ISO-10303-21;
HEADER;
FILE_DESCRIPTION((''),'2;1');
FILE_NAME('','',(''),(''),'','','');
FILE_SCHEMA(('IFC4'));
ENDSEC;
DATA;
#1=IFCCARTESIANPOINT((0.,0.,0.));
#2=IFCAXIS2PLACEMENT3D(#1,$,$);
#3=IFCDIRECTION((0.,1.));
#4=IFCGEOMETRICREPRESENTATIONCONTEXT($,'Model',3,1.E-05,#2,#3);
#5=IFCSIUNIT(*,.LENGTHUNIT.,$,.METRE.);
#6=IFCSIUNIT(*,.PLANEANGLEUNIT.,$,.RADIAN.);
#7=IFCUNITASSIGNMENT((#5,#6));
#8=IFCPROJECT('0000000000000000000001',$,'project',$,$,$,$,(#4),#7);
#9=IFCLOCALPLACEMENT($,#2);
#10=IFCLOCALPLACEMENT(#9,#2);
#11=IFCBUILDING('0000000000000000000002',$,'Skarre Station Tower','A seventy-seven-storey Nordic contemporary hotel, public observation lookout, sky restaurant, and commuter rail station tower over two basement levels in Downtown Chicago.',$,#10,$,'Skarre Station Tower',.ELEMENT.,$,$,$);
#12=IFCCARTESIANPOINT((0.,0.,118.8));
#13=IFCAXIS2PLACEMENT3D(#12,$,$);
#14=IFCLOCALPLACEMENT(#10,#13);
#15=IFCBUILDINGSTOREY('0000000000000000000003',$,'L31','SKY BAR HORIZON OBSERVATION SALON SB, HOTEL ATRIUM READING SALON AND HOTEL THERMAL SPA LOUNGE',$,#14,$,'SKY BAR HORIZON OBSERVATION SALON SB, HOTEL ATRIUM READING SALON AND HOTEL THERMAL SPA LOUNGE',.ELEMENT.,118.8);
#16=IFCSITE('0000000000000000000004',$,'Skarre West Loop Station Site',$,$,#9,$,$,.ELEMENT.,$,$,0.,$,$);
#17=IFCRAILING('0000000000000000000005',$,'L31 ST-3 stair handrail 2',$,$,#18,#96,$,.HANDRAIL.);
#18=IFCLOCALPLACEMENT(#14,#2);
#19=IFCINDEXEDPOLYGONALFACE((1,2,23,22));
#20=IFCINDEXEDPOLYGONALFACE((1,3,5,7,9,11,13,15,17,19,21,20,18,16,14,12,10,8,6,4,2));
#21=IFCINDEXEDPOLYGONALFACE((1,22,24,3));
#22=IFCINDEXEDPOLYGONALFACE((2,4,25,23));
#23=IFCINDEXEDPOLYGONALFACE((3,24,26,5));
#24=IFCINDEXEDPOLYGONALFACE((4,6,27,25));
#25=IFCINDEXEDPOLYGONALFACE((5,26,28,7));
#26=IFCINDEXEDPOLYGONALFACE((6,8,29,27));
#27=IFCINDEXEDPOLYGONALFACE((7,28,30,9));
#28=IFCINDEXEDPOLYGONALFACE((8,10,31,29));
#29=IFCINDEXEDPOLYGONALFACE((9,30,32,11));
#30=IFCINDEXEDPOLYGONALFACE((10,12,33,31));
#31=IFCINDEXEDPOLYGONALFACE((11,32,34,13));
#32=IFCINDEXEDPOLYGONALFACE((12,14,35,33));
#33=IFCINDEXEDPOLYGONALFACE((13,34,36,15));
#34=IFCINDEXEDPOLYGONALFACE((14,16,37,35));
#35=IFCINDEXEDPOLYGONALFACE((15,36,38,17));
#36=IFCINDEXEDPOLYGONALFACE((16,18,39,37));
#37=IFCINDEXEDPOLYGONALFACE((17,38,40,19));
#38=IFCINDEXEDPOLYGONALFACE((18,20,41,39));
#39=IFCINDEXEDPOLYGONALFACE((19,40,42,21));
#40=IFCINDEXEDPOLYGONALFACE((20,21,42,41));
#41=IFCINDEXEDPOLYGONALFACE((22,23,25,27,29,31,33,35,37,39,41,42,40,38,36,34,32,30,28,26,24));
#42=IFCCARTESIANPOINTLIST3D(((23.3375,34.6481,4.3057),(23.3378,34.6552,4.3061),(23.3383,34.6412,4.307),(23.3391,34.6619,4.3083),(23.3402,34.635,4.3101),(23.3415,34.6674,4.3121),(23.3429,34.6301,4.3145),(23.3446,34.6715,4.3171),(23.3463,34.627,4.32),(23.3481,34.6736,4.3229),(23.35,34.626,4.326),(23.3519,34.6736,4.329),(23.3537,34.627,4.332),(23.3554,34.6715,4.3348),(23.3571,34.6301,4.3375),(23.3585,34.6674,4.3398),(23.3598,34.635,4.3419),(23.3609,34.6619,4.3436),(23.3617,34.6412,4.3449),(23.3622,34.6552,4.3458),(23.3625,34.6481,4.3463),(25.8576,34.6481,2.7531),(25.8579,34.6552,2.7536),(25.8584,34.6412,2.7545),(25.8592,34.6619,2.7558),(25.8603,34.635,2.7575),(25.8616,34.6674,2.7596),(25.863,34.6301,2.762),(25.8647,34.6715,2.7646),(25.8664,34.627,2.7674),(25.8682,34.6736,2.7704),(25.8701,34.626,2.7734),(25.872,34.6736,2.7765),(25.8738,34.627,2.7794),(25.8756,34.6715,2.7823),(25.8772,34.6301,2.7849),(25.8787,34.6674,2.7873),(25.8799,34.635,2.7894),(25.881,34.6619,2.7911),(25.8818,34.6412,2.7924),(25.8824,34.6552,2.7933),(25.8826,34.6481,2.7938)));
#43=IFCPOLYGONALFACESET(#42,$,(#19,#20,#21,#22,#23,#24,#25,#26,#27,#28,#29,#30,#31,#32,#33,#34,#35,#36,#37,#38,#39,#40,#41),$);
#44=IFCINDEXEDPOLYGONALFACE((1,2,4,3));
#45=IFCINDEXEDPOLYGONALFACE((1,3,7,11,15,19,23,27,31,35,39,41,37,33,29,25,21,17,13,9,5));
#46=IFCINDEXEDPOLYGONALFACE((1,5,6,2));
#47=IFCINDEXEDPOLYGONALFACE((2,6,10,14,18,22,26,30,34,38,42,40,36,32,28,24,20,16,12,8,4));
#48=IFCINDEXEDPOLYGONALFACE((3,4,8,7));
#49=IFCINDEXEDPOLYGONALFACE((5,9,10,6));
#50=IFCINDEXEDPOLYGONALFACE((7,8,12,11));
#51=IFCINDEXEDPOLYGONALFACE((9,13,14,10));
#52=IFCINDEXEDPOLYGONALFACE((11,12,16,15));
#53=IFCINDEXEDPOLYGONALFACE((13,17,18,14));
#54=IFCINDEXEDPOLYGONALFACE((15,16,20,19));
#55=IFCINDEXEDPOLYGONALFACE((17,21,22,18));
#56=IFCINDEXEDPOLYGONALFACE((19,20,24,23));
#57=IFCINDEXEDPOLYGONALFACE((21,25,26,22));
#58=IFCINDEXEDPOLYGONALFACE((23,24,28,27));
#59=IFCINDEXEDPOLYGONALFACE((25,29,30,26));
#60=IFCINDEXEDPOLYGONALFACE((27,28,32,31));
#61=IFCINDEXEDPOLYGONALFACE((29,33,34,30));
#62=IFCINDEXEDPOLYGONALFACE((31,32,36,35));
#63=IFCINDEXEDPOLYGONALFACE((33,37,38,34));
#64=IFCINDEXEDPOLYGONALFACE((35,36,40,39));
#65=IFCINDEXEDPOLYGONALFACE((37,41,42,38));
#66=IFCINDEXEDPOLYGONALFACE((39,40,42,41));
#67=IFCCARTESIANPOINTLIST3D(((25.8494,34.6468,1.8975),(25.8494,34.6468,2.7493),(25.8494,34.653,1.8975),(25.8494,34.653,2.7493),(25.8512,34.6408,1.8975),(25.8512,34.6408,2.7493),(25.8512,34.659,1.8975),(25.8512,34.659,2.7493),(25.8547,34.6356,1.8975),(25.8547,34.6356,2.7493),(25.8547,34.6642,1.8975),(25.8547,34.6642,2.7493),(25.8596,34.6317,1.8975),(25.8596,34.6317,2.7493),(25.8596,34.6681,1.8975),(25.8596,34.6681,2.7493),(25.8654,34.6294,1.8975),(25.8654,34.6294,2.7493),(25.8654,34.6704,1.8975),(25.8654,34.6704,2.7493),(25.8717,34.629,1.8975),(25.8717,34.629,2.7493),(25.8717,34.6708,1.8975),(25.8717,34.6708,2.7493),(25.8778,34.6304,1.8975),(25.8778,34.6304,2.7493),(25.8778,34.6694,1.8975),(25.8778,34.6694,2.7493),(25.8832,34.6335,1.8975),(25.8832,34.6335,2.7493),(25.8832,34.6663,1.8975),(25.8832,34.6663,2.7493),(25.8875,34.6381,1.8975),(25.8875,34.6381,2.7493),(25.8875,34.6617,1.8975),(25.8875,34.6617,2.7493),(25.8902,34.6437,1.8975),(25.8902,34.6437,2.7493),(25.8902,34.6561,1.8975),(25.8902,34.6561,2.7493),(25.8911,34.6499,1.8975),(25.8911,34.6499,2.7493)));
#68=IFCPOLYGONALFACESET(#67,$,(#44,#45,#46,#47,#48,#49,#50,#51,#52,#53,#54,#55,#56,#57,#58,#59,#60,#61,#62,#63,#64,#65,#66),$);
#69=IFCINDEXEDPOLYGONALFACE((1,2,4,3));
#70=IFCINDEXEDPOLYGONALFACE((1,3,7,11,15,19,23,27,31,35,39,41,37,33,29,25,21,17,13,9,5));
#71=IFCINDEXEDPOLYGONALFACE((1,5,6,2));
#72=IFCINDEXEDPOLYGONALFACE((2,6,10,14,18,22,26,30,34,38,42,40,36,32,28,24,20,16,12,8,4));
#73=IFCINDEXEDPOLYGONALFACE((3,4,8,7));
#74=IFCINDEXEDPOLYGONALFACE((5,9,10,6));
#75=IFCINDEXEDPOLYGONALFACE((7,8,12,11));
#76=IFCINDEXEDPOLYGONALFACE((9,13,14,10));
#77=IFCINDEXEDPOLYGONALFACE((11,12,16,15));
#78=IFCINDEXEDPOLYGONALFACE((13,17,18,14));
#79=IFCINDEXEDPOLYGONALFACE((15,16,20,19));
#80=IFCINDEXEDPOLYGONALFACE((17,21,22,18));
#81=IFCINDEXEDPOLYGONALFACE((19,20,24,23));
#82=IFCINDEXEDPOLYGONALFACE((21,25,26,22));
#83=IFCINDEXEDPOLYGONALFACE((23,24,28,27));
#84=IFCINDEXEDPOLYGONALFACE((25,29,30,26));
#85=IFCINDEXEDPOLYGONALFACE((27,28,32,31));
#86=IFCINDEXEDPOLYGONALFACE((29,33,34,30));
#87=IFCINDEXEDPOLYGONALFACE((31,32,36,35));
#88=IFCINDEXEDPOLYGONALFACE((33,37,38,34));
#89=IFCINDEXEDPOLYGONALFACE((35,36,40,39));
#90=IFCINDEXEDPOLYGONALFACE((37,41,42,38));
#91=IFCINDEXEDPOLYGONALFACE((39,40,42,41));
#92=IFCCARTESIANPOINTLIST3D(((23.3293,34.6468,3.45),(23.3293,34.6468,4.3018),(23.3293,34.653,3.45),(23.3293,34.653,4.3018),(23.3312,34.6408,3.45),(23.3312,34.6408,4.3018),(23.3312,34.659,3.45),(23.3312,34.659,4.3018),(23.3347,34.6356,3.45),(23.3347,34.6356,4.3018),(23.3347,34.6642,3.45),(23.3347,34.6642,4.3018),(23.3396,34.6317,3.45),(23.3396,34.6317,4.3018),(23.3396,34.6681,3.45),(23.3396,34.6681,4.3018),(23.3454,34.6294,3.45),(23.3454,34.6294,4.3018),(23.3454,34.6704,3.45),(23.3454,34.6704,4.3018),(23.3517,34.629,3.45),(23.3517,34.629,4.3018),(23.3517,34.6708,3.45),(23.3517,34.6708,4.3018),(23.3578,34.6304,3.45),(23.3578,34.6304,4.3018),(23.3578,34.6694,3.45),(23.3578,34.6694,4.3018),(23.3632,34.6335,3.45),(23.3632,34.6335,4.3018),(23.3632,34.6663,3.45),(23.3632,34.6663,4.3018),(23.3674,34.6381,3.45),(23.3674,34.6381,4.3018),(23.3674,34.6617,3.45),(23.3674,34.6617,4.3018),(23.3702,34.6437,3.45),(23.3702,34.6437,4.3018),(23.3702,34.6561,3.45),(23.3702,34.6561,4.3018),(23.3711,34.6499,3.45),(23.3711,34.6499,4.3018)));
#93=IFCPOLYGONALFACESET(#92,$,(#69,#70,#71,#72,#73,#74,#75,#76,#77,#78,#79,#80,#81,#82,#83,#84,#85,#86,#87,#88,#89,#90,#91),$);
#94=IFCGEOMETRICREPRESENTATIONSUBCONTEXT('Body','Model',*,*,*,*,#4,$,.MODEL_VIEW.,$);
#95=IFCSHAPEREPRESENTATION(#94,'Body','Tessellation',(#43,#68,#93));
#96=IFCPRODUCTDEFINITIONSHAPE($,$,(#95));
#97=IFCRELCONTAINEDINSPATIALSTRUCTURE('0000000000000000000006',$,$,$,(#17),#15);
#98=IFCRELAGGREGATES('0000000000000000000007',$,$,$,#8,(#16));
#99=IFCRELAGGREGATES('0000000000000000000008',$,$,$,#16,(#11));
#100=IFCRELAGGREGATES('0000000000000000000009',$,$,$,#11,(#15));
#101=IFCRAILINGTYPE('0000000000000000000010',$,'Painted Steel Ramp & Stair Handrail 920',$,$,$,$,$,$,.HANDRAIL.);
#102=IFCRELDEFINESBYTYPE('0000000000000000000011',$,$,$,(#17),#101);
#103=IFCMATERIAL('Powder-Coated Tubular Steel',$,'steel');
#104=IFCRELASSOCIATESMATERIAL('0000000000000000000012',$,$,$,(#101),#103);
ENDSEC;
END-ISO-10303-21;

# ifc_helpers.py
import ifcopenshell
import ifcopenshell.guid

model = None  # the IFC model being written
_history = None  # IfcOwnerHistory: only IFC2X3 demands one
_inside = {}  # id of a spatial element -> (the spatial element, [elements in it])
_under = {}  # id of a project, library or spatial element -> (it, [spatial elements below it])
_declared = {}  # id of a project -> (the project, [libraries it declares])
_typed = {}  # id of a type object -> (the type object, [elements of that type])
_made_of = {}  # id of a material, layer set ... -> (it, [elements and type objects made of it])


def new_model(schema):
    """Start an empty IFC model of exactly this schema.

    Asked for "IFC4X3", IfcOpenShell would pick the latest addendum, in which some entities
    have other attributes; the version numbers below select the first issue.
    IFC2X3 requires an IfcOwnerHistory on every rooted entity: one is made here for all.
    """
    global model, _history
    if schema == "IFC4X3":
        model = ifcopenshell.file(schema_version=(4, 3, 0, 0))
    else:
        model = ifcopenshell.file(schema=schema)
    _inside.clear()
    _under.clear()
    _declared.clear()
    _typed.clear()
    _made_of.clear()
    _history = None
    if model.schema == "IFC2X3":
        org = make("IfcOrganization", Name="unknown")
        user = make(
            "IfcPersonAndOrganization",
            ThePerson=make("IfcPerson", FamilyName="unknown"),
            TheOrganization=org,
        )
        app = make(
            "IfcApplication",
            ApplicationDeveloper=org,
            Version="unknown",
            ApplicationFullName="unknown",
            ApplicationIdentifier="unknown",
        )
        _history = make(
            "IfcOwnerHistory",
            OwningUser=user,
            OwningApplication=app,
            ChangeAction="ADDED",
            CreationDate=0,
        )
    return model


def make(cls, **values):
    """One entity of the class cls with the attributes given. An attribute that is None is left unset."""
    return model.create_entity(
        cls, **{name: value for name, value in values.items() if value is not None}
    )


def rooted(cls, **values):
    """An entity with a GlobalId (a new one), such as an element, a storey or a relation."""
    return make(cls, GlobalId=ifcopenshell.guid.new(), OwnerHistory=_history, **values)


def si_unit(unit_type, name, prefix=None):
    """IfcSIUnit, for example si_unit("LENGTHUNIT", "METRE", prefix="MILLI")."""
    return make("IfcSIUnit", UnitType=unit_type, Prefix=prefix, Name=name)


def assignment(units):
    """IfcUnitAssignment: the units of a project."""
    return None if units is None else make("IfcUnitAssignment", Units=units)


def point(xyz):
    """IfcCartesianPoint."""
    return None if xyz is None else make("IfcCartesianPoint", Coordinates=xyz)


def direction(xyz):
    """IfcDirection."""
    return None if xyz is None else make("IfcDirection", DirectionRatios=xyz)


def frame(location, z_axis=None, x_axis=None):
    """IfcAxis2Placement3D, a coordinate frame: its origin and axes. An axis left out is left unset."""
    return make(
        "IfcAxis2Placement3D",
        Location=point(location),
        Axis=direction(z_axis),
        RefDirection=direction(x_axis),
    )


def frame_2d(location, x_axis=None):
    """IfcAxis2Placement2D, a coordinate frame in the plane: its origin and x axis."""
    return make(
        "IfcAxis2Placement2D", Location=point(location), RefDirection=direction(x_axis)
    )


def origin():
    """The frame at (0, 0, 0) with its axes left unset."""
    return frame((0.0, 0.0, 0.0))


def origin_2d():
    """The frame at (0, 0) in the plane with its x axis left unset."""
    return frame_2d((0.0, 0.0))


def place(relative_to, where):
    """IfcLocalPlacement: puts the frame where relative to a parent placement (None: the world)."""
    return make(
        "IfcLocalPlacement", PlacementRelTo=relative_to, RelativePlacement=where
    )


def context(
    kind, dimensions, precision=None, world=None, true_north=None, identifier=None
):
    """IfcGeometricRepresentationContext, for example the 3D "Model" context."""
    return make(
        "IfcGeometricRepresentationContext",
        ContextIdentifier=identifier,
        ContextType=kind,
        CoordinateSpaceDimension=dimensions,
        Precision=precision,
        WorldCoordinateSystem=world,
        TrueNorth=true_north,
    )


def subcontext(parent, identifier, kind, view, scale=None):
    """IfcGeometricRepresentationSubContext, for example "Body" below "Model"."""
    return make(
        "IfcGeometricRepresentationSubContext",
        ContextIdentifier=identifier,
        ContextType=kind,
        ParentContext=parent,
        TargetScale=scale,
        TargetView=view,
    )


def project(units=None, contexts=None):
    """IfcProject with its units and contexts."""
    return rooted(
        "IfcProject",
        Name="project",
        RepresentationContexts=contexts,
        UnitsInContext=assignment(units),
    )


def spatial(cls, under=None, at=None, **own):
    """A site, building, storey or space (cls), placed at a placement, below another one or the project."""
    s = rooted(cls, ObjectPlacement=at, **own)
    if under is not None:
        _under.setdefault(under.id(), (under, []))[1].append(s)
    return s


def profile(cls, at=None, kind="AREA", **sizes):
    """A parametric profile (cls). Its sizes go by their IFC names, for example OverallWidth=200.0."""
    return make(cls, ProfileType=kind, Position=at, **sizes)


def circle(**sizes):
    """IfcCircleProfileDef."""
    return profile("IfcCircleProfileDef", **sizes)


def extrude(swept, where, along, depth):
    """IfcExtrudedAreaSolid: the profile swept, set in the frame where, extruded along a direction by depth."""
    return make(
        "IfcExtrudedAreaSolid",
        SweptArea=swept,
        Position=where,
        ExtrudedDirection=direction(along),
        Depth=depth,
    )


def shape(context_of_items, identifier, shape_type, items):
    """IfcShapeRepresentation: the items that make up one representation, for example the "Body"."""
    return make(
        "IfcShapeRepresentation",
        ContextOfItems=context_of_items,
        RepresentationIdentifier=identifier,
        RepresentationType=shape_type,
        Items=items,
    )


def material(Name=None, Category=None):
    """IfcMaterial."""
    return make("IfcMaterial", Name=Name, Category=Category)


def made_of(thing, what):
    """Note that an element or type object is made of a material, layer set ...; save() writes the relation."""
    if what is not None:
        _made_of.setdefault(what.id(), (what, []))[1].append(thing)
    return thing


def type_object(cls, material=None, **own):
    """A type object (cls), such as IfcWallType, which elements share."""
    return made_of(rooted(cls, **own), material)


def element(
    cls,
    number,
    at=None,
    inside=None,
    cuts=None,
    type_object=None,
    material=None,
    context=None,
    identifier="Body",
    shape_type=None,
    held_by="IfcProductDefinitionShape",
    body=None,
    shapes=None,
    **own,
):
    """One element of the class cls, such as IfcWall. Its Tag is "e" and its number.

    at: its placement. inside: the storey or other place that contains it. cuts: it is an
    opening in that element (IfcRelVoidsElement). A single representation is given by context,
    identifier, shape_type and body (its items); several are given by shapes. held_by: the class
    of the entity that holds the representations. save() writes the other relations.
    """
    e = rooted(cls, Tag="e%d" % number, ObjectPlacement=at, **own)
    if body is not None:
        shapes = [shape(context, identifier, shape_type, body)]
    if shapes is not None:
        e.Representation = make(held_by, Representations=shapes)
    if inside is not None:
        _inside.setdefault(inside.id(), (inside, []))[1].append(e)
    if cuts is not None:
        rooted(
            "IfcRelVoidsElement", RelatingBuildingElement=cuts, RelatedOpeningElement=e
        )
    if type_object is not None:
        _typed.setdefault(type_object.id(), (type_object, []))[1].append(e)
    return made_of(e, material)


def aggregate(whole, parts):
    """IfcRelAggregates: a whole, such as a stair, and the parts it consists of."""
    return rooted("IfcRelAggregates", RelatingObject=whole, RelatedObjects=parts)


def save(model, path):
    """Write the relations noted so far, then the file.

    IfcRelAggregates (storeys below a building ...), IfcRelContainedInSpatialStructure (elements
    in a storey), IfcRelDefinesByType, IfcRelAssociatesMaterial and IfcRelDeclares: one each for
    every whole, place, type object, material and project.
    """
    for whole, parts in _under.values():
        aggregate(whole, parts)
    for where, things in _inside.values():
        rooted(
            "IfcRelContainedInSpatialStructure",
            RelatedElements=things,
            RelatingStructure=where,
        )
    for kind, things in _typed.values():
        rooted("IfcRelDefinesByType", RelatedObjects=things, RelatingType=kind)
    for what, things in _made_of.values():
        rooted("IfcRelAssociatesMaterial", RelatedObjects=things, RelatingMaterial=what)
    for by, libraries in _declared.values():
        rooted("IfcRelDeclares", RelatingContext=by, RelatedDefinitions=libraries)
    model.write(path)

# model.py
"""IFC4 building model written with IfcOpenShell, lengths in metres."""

from ifc_helpers import new_model, si_unit, direction, frame, origin, origin_2d, place, context, subcontext, project, spatial, circle, extrude, material, type_object, element, save


model = new_model("IFC4")

# Units and contexts
model_context = context("Model", 3, precision=1e-05, world=origin(), true_north=direction((0.0, 1.0)))
body_context = subcontext(model_context, "Body", "Model", "MODEL_VIEW")
ifc_project = project(units=[si_unit("LENGTHUNIT", "METRE"), si_unit("PLANEANGLEUNIT", "RADIAN")], contexts=[model_context])

# Site, building, storey
site_placement = place(None, origin())
site = spatial("IfcSite", under=ifc_project, at=site_placement, Name="Skarre West Loop Station Site", CompositionType="ELEMENT", RefElevation=0.0)
building_placement = place(site_placement, origin())
building = spatial("IfcBuilding", under=site, at=building_placement, Name="Skarre Station Tower", Description="A seventy-seven-storey Nordic contemporary hotel, public observation lookout, sky restaurant, and commuter rail station tower over two basement levels in Downtown Chicago.", LongName="Skarre Station Tower", CompositionType="ELEMENT")
storey_placement = place(building_placement, frame((0.0, 0.0, 118.8)))
storey = spatial("IfcBuildingStorey", under=building, at=storey_placement, Name="L31", Description="SKY BAR HORIZON OBSERVATION SALON SB, HOTEL ATRIUM READING SALON AND HOTEL THERMAL SPA LOUNGE", LongName="SKY BAR HORIZON OBSERVATION SALON SB, HOTEL ATRIUM READING SALON AND HOTEL THERMAL SPA LOUNGE", CompositionType="ELEMENT", Elevation=118.8)

# Railing
ifc_material_1 = material(Name="Powder-Coated Tubular Steel", Category="steel")
railing_type_1 = type_object("IfcRailingType", Name="Painted Steel Ramp & Stair Handrail 920", PredefinedType="HANDRAIL", material=ifc_material_1)
railing_1_placement = place(storey_placement, frame((25.8701, 34.6499, 1.8975)))
element("IfcRailing", 1, at=railing_1_placement, inside=storey, type_object=railing_type_1, Name="L31 ST-3 stair handrail 2", PredefinedType="HANDRAIL", context=body_context, shape_type="SweptSolid", body=[
    extrude(circle(Radius=0.0239, at=origin_2d()), frame((0.0, 0.0, 0.876), z_axis=(-0.8514, 0.0, 0.524516), x_axis=(0.0, -1.0, 0.0)), (0.0, 0.0, 1.0), 2.96),
    extrude(circle(Radius=0.021, at=origin_2d()), origin(), (0.0, 0.0, 1.0), 0.8518),
    extrude(circle(Radius=0.021, at=origin_2d()), frame((-2.52, 0.0, 1.5525)), (0.0, 0.0, 1.0), 0.8518),
])

save(model, "model.ifc")
